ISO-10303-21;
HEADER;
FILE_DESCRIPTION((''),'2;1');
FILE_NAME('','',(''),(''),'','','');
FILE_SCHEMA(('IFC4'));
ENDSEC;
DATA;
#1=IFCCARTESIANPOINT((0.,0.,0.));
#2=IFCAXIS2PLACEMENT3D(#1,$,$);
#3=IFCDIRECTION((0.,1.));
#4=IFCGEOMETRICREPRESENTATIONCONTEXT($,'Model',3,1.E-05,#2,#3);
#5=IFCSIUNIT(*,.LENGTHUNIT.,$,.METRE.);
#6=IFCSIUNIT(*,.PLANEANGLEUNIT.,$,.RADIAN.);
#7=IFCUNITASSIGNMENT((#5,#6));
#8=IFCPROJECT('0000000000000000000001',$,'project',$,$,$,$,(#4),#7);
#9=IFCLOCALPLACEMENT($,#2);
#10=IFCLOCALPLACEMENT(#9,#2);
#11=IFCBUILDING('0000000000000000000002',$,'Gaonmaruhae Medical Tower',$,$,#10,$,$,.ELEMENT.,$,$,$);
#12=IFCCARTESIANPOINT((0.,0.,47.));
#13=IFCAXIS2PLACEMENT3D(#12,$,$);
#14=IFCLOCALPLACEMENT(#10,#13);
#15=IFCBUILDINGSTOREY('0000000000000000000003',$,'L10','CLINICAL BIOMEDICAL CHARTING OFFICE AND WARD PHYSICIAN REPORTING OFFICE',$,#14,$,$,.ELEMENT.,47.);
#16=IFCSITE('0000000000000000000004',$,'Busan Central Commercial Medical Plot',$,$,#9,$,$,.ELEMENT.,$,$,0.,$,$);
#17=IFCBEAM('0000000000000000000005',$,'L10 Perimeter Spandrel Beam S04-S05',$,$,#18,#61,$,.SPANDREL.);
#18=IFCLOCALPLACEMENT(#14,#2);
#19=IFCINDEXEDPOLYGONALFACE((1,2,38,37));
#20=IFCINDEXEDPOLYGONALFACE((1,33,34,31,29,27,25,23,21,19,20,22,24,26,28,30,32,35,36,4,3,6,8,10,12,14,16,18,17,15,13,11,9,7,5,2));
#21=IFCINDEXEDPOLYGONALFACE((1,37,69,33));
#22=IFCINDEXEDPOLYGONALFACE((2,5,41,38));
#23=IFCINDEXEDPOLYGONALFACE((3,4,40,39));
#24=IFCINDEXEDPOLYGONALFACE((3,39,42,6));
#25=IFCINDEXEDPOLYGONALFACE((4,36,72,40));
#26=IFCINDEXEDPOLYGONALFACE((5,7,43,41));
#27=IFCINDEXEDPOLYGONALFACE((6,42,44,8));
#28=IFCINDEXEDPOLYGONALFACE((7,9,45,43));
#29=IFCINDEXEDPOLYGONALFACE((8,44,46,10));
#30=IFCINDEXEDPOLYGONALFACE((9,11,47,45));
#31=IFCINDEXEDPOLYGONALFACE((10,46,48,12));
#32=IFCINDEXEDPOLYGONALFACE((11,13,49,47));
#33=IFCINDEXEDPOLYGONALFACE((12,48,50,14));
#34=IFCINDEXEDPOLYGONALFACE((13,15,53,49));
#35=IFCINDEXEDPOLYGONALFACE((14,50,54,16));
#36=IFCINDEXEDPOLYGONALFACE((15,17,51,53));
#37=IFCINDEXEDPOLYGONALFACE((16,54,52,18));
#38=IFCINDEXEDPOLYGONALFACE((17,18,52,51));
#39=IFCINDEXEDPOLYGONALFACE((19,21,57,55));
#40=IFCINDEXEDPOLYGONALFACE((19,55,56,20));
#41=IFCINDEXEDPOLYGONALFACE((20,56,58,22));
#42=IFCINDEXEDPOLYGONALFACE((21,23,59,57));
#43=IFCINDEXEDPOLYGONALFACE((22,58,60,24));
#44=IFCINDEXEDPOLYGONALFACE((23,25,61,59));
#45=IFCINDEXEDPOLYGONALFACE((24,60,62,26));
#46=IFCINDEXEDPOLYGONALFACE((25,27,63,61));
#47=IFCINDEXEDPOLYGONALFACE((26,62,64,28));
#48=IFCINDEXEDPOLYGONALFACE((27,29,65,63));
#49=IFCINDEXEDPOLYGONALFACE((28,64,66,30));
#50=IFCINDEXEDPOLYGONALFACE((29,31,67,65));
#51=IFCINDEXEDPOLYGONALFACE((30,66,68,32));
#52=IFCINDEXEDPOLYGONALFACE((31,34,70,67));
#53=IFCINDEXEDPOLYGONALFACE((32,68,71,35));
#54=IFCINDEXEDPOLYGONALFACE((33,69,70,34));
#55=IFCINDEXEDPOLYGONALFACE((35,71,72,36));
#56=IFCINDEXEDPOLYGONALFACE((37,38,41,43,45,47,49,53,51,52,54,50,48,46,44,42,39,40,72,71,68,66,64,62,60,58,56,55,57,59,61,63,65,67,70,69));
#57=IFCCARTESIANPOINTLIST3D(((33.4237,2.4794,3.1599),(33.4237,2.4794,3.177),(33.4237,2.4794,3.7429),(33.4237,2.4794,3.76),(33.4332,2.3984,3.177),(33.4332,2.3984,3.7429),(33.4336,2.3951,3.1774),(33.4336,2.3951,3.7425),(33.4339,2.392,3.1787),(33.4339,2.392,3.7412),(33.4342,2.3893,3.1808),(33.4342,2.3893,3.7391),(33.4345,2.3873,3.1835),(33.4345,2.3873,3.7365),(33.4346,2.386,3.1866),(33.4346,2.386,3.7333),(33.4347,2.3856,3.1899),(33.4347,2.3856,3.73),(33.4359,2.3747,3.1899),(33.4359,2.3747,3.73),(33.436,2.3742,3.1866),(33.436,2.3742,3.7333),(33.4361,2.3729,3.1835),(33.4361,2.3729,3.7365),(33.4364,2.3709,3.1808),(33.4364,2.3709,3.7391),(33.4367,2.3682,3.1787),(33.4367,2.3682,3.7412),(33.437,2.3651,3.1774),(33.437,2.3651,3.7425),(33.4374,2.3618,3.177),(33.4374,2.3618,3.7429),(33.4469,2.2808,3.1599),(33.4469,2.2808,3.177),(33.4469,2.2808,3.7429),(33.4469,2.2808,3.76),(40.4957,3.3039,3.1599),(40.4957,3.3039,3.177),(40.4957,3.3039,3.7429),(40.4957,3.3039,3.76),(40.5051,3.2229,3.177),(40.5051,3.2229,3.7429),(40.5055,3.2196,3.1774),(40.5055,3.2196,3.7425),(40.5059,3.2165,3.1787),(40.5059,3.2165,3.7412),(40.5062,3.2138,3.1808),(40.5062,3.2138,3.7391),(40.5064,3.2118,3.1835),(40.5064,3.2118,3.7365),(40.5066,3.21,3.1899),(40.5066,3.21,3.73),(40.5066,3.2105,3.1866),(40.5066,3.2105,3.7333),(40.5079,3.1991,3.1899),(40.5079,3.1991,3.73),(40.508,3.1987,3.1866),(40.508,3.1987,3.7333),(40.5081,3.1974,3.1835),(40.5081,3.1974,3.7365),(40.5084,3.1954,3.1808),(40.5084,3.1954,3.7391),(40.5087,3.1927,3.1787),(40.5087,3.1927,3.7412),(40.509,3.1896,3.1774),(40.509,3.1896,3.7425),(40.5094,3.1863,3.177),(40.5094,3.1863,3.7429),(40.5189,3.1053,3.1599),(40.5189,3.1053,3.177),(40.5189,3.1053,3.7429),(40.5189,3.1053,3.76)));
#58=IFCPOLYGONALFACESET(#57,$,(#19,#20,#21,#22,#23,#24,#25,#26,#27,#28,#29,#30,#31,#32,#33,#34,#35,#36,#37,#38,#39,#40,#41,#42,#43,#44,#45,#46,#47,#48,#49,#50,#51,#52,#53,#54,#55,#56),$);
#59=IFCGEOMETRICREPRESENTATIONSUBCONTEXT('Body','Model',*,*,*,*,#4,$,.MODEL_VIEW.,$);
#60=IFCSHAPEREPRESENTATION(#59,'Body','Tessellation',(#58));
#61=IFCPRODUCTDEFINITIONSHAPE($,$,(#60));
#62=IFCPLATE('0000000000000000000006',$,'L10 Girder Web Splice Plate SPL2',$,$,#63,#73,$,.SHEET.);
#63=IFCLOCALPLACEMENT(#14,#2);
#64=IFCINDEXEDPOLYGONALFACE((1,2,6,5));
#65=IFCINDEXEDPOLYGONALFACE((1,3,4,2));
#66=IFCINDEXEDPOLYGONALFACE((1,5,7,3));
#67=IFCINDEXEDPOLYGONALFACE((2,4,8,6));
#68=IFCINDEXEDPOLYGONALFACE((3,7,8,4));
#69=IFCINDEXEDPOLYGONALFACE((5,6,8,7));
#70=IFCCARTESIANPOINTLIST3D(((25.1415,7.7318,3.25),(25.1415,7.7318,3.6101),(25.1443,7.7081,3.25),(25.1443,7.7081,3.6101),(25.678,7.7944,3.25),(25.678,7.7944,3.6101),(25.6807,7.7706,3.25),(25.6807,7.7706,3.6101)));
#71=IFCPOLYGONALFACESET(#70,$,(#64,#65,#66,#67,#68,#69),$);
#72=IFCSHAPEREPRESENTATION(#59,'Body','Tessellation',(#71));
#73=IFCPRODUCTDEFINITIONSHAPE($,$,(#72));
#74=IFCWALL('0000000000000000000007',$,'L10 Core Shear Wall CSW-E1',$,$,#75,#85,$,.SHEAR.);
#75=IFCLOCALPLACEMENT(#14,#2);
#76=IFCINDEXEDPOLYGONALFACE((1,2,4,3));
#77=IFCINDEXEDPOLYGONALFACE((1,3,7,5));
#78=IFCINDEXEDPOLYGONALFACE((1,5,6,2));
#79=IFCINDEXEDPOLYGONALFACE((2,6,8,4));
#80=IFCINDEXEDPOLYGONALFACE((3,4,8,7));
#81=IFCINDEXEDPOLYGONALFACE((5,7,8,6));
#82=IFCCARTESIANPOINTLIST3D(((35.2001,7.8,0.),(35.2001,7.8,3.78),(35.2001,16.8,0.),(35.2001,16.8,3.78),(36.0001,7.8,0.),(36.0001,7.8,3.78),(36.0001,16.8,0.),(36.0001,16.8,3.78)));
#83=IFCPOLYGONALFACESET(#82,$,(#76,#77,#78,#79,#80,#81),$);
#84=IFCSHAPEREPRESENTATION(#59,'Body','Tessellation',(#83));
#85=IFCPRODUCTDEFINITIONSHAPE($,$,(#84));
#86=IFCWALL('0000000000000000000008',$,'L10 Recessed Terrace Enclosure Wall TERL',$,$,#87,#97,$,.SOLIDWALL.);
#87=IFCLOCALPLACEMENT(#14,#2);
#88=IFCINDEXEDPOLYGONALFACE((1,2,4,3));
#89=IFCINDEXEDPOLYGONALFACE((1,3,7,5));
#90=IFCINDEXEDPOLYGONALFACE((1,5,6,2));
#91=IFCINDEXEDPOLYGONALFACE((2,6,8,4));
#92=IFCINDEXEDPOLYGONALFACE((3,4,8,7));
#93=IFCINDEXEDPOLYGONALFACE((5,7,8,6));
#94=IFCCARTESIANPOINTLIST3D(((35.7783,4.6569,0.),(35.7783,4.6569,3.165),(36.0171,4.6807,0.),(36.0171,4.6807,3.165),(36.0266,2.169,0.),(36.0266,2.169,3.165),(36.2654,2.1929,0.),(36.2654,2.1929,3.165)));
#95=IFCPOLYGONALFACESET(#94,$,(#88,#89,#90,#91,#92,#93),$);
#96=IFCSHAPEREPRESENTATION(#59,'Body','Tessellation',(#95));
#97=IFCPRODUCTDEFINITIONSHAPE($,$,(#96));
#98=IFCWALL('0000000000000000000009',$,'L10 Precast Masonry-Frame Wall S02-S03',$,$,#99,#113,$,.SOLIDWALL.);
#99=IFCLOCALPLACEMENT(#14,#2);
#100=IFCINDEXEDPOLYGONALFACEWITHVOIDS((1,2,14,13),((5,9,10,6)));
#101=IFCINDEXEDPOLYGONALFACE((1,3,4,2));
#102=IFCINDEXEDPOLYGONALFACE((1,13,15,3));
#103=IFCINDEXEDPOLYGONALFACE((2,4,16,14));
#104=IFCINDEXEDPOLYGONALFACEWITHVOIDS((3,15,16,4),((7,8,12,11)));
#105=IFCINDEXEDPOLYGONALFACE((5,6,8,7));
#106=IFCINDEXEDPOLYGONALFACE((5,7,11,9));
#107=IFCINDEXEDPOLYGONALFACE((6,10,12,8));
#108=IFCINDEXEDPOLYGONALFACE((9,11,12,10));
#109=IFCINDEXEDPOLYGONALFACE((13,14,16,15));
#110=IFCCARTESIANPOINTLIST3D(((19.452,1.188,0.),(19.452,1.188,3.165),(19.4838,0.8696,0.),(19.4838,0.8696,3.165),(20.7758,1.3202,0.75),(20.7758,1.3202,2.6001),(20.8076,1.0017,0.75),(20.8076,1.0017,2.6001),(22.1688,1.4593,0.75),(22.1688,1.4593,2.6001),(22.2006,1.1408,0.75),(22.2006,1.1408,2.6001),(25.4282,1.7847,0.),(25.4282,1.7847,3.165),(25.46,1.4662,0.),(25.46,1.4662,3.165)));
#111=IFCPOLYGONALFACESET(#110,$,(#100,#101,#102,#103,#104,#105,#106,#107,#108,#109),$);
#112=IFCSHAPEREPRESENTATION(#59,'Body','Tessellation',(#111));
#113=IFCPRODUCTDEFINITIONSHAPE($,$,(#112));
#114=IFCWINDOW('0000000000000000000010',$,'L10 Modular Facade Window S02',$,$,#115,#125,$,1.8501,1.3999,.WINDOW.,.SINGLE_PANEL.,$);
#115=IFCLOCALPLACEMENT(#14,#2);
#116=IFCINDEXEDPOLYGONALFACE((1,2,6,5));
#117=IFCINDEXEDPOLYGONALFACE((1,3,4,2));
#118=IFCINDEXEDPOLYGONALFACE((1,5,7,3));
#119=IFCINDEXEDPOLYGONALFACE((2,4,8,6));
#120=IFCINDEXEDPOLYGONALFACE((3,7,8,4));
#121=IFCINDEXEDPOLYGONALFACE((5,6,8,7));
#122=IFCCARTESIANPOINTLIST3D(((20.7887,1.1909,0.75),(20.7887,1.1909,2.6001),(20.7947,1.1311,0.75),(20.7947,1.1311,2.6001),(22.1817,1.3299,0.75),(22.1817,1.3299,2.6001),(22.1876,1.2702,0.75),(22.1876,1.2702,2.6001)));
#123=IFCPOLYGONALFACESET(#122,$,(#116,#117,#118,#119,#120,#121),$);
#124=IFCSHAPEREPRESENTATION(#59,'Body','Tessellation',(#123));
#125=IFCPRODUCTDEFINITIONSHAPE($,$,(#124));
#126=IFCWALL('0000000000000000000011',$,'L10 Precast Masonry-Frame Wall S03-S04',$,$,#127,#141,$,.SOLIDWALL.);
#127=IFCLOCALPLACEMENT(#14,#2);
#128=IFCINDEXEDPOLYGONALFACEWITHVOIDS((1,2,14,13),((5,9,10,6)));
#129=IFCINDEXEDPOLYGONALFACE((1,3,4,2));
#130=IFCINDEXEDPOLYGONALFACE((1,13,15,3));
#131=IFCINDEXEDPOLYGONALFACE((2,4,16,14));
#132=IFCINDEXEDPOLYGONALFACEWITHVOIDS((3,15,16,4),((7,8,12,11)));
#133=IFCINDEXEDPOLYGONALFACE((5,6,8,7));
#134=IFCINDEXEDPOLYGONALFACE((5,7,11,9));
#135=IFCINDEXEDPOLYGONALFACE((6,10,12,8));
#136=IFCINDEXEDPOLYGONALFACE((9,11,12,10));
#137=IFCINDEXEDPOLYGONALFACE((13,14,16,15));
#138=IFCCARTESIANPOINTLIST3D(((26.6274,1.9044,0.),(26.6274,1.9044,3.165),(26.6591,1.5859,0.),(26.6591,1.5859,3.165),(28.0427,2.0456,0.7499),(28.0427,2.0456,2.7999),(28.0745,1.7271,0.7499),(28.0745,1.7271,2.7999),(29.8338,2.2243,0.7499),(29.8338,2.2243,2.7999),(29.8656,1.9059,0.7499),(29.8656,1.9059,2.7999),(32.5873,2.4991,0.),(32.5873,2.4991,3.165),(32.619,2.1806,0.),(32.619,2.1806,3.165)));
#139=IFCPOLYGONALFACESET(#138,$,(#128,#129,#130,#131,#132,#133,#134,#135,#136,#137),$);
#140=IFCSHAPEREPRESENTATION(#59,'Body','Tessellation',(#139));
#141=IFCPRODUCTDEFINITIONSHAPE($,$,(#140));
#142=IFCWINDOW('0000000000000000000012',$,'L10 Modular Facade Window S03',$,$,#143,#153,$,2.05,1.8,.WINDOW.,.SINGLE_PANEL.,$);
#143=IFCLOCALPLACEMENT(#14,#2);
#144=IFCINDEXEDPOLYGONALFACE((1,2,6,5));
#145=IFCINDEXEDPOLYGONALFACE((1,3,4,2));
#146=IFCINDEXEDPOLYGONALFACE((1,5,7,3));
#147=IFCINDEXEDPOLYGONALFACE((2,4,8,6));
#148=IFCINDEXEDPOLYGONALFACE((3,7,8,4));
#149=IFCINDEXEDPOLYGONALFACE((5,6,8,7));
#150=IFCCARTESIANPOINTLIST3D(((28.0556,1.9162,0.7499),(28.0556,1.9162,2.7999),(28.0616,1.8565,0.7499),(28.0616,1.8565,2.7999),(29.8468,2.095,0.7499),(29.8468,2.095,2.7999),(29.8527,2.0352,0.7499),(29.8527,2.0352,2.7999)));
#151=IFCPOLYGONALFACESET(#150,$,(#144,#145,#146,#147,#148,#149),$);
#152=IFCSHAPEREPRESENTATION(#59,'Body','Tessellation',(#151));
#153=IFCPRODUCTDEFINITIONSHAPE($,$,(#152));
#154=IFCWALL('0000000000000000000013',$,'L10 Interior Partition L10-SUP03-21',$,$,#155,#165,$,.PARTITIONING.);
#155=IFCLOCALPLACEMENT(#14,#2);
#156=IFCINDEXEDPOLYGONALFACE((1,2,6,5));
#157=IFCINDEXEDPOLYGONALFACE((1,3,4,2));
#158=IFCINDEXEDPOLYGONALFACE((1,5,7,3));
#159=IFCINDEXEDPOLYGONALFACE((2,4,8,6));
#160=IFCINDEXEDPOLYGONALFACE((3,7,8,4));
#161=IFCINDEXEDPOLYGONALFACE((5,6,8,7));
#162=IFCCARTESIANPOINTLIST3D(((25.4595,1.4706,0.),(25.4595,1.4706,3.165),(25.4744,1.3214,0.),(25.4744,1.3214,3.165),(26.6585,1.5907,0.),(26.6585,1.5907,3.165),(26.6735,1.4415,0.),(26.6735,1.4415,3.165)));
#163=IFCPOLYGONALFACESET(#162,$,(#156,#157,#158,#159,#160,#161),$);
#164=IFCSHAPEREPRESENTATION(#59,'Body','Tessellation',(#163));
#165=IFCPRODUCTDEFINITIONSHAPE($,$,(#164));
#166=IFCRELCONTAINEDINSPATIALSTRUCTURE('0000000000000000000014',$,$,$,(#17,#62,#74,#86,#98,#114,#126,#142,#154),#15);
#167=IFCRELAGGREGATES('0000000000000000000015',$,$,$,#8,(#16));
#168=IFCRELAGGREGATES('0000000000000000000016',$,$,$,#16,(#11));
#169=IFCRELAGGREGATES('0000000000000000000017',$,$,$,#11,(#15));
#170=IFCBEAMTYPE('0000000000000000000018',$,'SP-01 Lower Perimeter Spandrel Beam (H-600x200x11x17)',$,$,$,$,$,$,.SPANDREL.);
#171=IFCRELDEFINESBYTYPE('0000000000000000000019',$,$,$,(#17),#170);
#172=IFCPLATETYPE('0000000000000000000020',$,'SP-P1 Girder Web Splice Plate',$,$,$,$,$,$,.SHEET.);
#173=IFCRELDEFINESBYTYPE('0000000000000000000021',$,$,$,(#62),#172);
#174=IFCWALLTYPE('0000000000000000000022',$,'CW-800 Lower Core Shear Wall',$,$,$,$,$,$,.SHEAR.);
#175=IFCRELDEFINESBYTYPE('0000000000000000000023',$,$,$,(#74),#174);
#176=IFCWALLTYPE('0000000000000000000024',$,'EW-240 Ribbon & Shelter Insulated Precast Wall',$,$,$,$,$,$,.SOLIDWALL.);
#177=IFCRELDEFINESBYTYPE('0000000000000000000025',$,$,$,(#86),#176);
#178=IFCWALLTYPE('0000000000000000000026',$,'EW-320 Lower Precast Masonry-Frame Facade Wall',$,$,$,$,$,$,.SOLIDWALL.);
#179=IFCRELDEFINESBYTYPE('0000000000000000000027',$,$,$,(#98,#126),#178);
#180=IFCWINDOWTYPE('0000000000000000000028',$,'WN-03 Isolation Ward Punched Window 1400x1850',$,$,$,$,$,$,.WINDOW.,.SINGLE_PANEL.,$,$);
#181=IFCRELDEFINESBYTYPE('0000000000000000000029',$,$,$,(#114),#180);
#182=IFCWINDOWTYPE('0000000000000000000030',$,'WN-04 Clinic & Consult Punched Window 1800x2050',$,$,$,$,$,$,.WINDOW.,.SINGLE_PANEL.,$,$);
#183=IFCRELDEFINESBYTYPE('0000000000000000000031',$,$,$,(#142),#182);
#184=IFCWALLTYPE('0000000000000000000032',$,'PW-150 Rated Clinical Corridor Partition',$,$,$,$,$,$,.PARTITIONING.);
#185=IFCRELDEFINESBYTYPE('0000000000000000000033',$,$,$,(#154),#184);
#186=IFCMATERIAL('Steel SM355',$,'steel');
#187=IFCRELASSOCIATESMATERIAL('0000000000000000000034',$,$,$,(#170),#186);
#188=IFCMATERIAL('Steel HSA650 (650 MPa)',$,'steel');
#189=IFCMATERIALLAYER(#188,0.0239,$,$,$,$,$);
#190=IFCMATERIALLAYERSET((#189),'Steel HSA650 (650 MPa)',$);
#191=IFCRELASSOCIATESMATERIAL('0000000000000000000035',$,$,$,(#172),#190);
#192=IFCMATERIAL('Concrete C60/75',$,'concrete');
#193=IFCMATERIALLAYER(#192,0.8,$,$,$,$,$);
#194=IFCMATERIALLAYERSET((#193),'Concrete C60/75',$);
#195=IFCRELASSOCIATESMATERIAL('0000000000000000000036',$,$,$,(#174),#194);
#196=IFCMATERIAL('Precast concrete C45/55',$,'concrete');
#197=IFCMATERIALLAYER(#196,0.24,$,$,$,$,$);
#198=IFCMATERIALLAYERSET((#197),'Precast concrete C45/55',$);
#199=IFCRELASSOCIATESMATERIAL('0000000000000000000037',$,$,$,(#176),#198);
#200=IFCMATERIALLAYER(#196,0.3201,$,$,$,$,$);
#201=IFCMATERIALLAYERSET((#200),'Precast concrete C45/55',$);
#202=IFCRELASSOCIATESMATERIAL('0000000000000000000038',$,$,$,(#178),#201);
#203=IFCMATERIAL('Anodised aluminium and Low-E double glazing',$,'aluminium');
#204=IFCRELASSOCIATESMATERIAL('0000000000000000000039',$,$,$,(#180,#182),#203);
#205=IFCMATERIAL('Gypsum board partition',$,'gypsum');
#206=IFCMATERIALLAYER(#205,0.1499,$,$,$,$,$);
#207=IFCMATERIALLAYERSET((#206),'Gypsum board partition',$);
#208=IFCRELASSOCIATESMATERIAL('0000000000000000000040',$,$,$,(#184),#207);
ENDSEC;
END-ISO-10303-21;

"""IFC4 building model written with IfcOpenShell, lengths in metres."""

from ifc_helpers import new_model, si_unit, direction, frame, frame_2d, origin, origin_2d, place, context, subcontext, project, spatial, rectangle, i_section, extrude, material, layer, layer_set, material_profile, profile_set, type_object, element, fill, save


model = new_model("IFC4")

# Units and contexts
model_context = context("Model", 3, precision=1e-05, world=origin(), true_north=direction((0.0, 1.0)))
body_context = subcontext(model_context, "Body", "Model", "MODEL_VIEW")
ifc_project = project(units=[si_unit("LENGTHUNIT", "METRE"), si_unit("PLANEANGLEUNIT", "RADIAN")], contexts=[model_context])

# Site, building, storey
site_placement = place(None, origin())
site = spatial("IfcSite", under=ifc_project, at=site_placement, Name="Busan Central Commercial Medical Plot", CompositionType="ELEMENT", RefElevation=0.0)
building_placement = place(site_placement, origin())
building = spatial("IfcBuilding", under=site, at=building_placement, Name="Gaonmaruhae Medical Tower", CompositionType="ELEMENT")
storey_placement = place(building_placement, frame((0.0, 0.0, 47.0)))
storey = spatial("IfcBuildingStorey", under=building, at=storey_placement, Name="L10", Description="CLINICAL BIOMEDICAL CHARTING OFFICE AND WARD PHYSICIAN REPORTING OFFICE", CompositionType="ELEMENT", Elevation=47.0)

# Shared definitions
ifc_material_1 = material(Name="Concrete C60/75", Category="concrete")

# Beam
ifc_material_2 = material(Name="Steel SM355", Category="steel")
ifc_material_profile_1 = material_profile(ifc_material_2, i_section(OverallWidth=0.2, OverallDepth=0.6001, WebThickness=0.011, FlangeThickness=0.0171, FilletRadius=0.0129, at=origin_2d()), Name="H-600x200x11x17")
ifc_profile_set_1 = profile_set([ifc_material_profile_1], Name="Steel SM355")
beam_type_1 = type_object("IfcBeamType", Name="SP-01 Lower Perimeter Spandrel Beam (H-600x200x11x17)", PredefinedType="SPANDREL", material=ifc_profile_set_1)
for number, where, z_axis, x_axis, name in (
    (1, (33.4353, 2.3801, 3.46), (0.993273, 0.115797, 0.0), (-0.115797, 0.993273, 0.0), "L10 Perimeter Spandrel Beam S04-S05"),
):
    element("IfcBeam", number, at=place(storey_placement, frame(where, z_axis=z_axis, x_axis=x_axis)), inside=storey, type_object=beam_type_1, Name=name, PredefinedType="SPANDREL", context=body_context, shape_type="SweptSolid", body=[
        extrude(i_section(OverallWidth=0.2, OverallDepth=0.6001, WebThickness=0.011, FlangeThickness=0.0171, FilletRadius=0.0129, at=origin_2d()), origin(), (0.0, 0.0, 1.0), 7.1199),
    ])

# Plate
ifc_material_3 = material(Name="Steel HSA650 (650 MPa)", Category="steel")
ifc_layer_1 = layer(ifc_material_3, 0.0239)
ifc_layer_set_1 = layer_set([ifc_layer_1], Name="Steel HSA650 (650 MPa)")
plate_type = type_object("IfcPlateType", Name="SP-P1 Girder Web Splice Plate", PredefinedType="SHEET", material=ifc_layer_set_1)
plate_placement = place(storey_placement, frame((25.4111, 7.7512, 3.25), z_axis=(0.0, 0.0, 1.0), x_axis=(0.993272, 0.115804, 0.0)))
element("IfcPlate", 2, at=plate_placement, inside=storey, type_object=plate_type, Name="L10 Girder Web Splice Plate SPL2", PredefinedType="SHEET", context=body_context, shape_type="SweptSolid", body=[
    extrude(rectangle(XDim=0.54, YDim=0.0239, at=origin_2d()), origin(), (0.0, 0.0, 1.0), 0.3601),
])

# Walls
ifc_layer_2 = layer(ifc_material_1, 0.8)
ifc_layer_set_2 = layer_set([ifc_layer_2], Name="Concrete C60/75")
wall_type_1 = type_object("IfcWallType", Name="CW-800 Lower Core Shear Wall", PredefinedType="SHEAR", material=ifc_layer_set_2)
wall_1_placement = place(storey_placement, frame((35.6001, 7.8, 0.0), z_axis=(0.0, 0.0, 1.0), x_axis=(0.0, 1.0, 0.0)))
element("IfcWall", 3, at=wall_1_placement, inside=storey, type_object=wall_type_1, Name="L10 Core Shear Wall CSW-E1", PredefinedType="SHEAR", context=body_context, shape_type="SweptSolid", body=[
    extrude(rectangle(XDim=9.0, YDim=0.8, at=frame_2d((4.5, 0.0))), origin(), (0.0, 0.0, 1.0), 3.78),
])
ifc_material_4 = material(Name="Precast concrete C45/55", Category="concrete")
ifc_layer_3 = layer(ifc_material_4, 0.24)
ifc_layer_set_3 = layer_set([ifc_layer_3], Name="Precast concrete C45/55")
wall_type_2 = type_object("IfcWallType", Name="EW-240 Ribbon & Shelter Insulated Precast Wall", PredefinedType="SOLIDWALL", material=ifc_layer_set_3)
wall_2_placement = place(storey_placement, frame((35.8977, 4.6687, 0.0), z_axis=(0.0, 0.0, 1.0), x_axis=(0.09931, -0.995057, 0.0)))
element("IfcWall", 4, at=wall_2_placement, inside=storey, type_object=wall_type_2, Name="L10 Recessed Terrace Enclosure Wall TERL", PredefinedType="SOLIDWALL", context=body_context, shape_type="SweptSolid", body=[
    extrude(rectangle(XDim=2.5002, YDim=0.24, at=frame_2d((1.25, 0.0))), origin(), (0.0, 0.0, 1.0), 3.165),
])

# Walls, openings, windows
ifc_layer_4 = layer(ifc_material_4, 0.3201)
ifc_layer_set_4 = layer_set([ifc_layer_4], Name="Precast concrete C45/55")
wall_type_3 = type_object("IfcWallType", Name="EW-320 Lower Precast Masonry-Frame Facade Wall", PredefinedType="SOLIDWALL", material=ifc_layer_set_4)
wall_3_placement = place(storey_placement, frame((25.4441, 1.6255, 0.0), z_axis=(0.0, 0.0, 1.0), x_axis=(-0.995052, -0.099351, 0.0)))
wall_3 = element("IfcWall", 5, at=wall_3_placement, inside=storey, type_object=wall_type_3, Name="L10 Precast Masonry-Frame Wall S02-S03", PredefinedType="SOLIDWALL", context=body_context, shape_type="SweptSolid", body=[
    extrude(rectangle(XDim=6.0059, YDim=0.3201, at=frame_2d((3.0029, 0.0))), origin(), (0.0, 0.0, 1.0), 3.165),
])
opening_1_placement = place(wall_3_placement, frame((3.2756, 0.0, 0.75)))
opening_1 = element("IfcOpeningElement", 6, at=opening_1_placement, cuts=wall_3, PredefinedType="OPENING", context=body_context, shape_type="SweptSolid", body=[
    extrude(rectangle(XDim=1.3999, YDim=1.8501, at=frame_2d((0.7, 0.925))), frame((0.0, 0.1699, 0.0), z_axis=(0.0, -1.0, 0.0), x_axis=(1.0, 0.0, 0.0)), (0.0, 0.0, 1.0), 0.3401),
])
ifc_material_5 = material(Name="Anodised aluminium and Low-E double glazing", Category="aluminium")
window_type_1 = type_object("IfcWindowType", Name="WN-03 Isolation Ward Punched Window 1400x1850", PartitioningType="SINGLE_PANEL", PredefinedType="WINDOW", material=ifc_material_5)
window_1_placement = place(opening_1_placement, origin())
window_1 = element("IfcWindow", 7, at=window_1_placement, inside=storey, type_object=window_type_1, Name="L10 Modular Facade Window S02", OverallHeight=1.8501, OverallWidth=1.3999, PartitioningType="SINGLE_PANEL", PredefinedType="WINDOW", context=body_context, shape_type="SweptSolid", body=[
    extrude(rectangle(XDim=1.3999, YDim=1.8501, at=frame_2d((0.7, 0.925))), frame((0.0, 0.03, 0.0), z_axis=(0.0, -1.0, 0.0), x_axis=(1.0, 0.0, 0.0)), (0.0, 0.0, 1.0), 0.0601),
])
fill(opening_1, window_1)
wall_4_placement = place(storey_placement, frame((32.603, 2.3398, 0.0), z_axis=(0.0, 0.0, 1.0), x_axis=(-0.995058, -0.099294, 0.0)))
wall_4 = element("IfcWall", 8, at=wall_4_placement, inside=storey, type_object=wall_type_3, Name="L10 Precast Masonry-Frame Wall S03-S04", PredefinedType="SOLIDWALL", context=body_context, shape_type="SweptSolid", body=[
    extrude(rectangle(XDim=5.9895, YDim=0.3201, at=frame_2d((2.9946, 0.0))), origin(), (0.0, 0.0, 1.0), 3.165),
])
opening_2_placement = place(wall_4_placement, frame((2.7671, 0.0, 0.75)))
opening_2 = element("IfcOpeningElement", 9, at=opening_2_placement, cuts=wall_4, PredefinedType="OPENING", context=body_context, shape_type="SweptSolid", body=[
    extrude(rectangle(XDim=1.8, YDim=2.05, at=frame_2d((0.8999, 1.0249))), frame((0.0, 0.1699, 0.0), z_axis=(0.0, -1.0, 0.0), x_axis=(1.0, 0.0, 0.0)), (0.0, 0.0, 1.0), 0.3401),
])
window_type_2 = type_object("IfcWindowType", Name="WN-04 Clinic & Consult Punched Window 1800x2050", PartitioningType="SINGLE_PANEL", PredefinedType="WINDOW", material=ifc_material_5)
window_2_placement = place(opening_2_placement, origin())
window_2 = element("IfcWindow", 10, at=window_2_placement, inside=storey, type_object=window_type_2, Name="L10 Modular Facade Window S03", OverallHeight=2.05, OverallWidth=1.8, PartitioningType="SINGLE_PANEL", PredefinedType="WINDOW", context=body_context, shape_type="SweptSolid", body=[
    extrude(rectangle(XDim=1.8, YDim=2.05, at=frame_2d((0.8999, 1.0249))), frame((0.0, 0.03, 0.0), z_axis=(0.0, -1.0, 0.0), x_axis=(1.0, 0.0, 0.0)), (0.0, 0.0, 1.0), 0.0601),
])
fill(opening_2, window_2)

# Wall
ifc_material_6 = material(Name="Gypsum board partition", Category="gypsum")
ifc_layer_5 = layer(ifc_material_6, 0.1499)
ifc_layer_set_5 = layer_set([ifc_layer_5], Name="Gypsum board partition")
wall_type_4 = type_object("IfcWallType", Name="PW-150 Rated Clinical Corridor Partition", PredefinedType="PARTITIONING", material=ifc_layer_set_5)
wall_5_placement = place(storey_placement, frame((26.666, 1.5161, 0.0), z_axis=(0.0, 0.0, 1.0), x_axis=(-0.995019, -0.099684, 0.0)))
element("IfcWall", 11, at=wall_5_placement, inside=storey, type_object=wall_type_4, Name="L10 Interior Partition L10-SUP03-21", PredefinedType="PARTITIONING", context=body_context, shape_type="SweptSolid", body=[
    extrude(rectangle(XDim=1.2051, YDim=0.1499, at=frame_2d((0.6025, 0.0))), origin(), (0.0, 0.0, 1.0), 3.165),
])

save(model, "model.ifc")
